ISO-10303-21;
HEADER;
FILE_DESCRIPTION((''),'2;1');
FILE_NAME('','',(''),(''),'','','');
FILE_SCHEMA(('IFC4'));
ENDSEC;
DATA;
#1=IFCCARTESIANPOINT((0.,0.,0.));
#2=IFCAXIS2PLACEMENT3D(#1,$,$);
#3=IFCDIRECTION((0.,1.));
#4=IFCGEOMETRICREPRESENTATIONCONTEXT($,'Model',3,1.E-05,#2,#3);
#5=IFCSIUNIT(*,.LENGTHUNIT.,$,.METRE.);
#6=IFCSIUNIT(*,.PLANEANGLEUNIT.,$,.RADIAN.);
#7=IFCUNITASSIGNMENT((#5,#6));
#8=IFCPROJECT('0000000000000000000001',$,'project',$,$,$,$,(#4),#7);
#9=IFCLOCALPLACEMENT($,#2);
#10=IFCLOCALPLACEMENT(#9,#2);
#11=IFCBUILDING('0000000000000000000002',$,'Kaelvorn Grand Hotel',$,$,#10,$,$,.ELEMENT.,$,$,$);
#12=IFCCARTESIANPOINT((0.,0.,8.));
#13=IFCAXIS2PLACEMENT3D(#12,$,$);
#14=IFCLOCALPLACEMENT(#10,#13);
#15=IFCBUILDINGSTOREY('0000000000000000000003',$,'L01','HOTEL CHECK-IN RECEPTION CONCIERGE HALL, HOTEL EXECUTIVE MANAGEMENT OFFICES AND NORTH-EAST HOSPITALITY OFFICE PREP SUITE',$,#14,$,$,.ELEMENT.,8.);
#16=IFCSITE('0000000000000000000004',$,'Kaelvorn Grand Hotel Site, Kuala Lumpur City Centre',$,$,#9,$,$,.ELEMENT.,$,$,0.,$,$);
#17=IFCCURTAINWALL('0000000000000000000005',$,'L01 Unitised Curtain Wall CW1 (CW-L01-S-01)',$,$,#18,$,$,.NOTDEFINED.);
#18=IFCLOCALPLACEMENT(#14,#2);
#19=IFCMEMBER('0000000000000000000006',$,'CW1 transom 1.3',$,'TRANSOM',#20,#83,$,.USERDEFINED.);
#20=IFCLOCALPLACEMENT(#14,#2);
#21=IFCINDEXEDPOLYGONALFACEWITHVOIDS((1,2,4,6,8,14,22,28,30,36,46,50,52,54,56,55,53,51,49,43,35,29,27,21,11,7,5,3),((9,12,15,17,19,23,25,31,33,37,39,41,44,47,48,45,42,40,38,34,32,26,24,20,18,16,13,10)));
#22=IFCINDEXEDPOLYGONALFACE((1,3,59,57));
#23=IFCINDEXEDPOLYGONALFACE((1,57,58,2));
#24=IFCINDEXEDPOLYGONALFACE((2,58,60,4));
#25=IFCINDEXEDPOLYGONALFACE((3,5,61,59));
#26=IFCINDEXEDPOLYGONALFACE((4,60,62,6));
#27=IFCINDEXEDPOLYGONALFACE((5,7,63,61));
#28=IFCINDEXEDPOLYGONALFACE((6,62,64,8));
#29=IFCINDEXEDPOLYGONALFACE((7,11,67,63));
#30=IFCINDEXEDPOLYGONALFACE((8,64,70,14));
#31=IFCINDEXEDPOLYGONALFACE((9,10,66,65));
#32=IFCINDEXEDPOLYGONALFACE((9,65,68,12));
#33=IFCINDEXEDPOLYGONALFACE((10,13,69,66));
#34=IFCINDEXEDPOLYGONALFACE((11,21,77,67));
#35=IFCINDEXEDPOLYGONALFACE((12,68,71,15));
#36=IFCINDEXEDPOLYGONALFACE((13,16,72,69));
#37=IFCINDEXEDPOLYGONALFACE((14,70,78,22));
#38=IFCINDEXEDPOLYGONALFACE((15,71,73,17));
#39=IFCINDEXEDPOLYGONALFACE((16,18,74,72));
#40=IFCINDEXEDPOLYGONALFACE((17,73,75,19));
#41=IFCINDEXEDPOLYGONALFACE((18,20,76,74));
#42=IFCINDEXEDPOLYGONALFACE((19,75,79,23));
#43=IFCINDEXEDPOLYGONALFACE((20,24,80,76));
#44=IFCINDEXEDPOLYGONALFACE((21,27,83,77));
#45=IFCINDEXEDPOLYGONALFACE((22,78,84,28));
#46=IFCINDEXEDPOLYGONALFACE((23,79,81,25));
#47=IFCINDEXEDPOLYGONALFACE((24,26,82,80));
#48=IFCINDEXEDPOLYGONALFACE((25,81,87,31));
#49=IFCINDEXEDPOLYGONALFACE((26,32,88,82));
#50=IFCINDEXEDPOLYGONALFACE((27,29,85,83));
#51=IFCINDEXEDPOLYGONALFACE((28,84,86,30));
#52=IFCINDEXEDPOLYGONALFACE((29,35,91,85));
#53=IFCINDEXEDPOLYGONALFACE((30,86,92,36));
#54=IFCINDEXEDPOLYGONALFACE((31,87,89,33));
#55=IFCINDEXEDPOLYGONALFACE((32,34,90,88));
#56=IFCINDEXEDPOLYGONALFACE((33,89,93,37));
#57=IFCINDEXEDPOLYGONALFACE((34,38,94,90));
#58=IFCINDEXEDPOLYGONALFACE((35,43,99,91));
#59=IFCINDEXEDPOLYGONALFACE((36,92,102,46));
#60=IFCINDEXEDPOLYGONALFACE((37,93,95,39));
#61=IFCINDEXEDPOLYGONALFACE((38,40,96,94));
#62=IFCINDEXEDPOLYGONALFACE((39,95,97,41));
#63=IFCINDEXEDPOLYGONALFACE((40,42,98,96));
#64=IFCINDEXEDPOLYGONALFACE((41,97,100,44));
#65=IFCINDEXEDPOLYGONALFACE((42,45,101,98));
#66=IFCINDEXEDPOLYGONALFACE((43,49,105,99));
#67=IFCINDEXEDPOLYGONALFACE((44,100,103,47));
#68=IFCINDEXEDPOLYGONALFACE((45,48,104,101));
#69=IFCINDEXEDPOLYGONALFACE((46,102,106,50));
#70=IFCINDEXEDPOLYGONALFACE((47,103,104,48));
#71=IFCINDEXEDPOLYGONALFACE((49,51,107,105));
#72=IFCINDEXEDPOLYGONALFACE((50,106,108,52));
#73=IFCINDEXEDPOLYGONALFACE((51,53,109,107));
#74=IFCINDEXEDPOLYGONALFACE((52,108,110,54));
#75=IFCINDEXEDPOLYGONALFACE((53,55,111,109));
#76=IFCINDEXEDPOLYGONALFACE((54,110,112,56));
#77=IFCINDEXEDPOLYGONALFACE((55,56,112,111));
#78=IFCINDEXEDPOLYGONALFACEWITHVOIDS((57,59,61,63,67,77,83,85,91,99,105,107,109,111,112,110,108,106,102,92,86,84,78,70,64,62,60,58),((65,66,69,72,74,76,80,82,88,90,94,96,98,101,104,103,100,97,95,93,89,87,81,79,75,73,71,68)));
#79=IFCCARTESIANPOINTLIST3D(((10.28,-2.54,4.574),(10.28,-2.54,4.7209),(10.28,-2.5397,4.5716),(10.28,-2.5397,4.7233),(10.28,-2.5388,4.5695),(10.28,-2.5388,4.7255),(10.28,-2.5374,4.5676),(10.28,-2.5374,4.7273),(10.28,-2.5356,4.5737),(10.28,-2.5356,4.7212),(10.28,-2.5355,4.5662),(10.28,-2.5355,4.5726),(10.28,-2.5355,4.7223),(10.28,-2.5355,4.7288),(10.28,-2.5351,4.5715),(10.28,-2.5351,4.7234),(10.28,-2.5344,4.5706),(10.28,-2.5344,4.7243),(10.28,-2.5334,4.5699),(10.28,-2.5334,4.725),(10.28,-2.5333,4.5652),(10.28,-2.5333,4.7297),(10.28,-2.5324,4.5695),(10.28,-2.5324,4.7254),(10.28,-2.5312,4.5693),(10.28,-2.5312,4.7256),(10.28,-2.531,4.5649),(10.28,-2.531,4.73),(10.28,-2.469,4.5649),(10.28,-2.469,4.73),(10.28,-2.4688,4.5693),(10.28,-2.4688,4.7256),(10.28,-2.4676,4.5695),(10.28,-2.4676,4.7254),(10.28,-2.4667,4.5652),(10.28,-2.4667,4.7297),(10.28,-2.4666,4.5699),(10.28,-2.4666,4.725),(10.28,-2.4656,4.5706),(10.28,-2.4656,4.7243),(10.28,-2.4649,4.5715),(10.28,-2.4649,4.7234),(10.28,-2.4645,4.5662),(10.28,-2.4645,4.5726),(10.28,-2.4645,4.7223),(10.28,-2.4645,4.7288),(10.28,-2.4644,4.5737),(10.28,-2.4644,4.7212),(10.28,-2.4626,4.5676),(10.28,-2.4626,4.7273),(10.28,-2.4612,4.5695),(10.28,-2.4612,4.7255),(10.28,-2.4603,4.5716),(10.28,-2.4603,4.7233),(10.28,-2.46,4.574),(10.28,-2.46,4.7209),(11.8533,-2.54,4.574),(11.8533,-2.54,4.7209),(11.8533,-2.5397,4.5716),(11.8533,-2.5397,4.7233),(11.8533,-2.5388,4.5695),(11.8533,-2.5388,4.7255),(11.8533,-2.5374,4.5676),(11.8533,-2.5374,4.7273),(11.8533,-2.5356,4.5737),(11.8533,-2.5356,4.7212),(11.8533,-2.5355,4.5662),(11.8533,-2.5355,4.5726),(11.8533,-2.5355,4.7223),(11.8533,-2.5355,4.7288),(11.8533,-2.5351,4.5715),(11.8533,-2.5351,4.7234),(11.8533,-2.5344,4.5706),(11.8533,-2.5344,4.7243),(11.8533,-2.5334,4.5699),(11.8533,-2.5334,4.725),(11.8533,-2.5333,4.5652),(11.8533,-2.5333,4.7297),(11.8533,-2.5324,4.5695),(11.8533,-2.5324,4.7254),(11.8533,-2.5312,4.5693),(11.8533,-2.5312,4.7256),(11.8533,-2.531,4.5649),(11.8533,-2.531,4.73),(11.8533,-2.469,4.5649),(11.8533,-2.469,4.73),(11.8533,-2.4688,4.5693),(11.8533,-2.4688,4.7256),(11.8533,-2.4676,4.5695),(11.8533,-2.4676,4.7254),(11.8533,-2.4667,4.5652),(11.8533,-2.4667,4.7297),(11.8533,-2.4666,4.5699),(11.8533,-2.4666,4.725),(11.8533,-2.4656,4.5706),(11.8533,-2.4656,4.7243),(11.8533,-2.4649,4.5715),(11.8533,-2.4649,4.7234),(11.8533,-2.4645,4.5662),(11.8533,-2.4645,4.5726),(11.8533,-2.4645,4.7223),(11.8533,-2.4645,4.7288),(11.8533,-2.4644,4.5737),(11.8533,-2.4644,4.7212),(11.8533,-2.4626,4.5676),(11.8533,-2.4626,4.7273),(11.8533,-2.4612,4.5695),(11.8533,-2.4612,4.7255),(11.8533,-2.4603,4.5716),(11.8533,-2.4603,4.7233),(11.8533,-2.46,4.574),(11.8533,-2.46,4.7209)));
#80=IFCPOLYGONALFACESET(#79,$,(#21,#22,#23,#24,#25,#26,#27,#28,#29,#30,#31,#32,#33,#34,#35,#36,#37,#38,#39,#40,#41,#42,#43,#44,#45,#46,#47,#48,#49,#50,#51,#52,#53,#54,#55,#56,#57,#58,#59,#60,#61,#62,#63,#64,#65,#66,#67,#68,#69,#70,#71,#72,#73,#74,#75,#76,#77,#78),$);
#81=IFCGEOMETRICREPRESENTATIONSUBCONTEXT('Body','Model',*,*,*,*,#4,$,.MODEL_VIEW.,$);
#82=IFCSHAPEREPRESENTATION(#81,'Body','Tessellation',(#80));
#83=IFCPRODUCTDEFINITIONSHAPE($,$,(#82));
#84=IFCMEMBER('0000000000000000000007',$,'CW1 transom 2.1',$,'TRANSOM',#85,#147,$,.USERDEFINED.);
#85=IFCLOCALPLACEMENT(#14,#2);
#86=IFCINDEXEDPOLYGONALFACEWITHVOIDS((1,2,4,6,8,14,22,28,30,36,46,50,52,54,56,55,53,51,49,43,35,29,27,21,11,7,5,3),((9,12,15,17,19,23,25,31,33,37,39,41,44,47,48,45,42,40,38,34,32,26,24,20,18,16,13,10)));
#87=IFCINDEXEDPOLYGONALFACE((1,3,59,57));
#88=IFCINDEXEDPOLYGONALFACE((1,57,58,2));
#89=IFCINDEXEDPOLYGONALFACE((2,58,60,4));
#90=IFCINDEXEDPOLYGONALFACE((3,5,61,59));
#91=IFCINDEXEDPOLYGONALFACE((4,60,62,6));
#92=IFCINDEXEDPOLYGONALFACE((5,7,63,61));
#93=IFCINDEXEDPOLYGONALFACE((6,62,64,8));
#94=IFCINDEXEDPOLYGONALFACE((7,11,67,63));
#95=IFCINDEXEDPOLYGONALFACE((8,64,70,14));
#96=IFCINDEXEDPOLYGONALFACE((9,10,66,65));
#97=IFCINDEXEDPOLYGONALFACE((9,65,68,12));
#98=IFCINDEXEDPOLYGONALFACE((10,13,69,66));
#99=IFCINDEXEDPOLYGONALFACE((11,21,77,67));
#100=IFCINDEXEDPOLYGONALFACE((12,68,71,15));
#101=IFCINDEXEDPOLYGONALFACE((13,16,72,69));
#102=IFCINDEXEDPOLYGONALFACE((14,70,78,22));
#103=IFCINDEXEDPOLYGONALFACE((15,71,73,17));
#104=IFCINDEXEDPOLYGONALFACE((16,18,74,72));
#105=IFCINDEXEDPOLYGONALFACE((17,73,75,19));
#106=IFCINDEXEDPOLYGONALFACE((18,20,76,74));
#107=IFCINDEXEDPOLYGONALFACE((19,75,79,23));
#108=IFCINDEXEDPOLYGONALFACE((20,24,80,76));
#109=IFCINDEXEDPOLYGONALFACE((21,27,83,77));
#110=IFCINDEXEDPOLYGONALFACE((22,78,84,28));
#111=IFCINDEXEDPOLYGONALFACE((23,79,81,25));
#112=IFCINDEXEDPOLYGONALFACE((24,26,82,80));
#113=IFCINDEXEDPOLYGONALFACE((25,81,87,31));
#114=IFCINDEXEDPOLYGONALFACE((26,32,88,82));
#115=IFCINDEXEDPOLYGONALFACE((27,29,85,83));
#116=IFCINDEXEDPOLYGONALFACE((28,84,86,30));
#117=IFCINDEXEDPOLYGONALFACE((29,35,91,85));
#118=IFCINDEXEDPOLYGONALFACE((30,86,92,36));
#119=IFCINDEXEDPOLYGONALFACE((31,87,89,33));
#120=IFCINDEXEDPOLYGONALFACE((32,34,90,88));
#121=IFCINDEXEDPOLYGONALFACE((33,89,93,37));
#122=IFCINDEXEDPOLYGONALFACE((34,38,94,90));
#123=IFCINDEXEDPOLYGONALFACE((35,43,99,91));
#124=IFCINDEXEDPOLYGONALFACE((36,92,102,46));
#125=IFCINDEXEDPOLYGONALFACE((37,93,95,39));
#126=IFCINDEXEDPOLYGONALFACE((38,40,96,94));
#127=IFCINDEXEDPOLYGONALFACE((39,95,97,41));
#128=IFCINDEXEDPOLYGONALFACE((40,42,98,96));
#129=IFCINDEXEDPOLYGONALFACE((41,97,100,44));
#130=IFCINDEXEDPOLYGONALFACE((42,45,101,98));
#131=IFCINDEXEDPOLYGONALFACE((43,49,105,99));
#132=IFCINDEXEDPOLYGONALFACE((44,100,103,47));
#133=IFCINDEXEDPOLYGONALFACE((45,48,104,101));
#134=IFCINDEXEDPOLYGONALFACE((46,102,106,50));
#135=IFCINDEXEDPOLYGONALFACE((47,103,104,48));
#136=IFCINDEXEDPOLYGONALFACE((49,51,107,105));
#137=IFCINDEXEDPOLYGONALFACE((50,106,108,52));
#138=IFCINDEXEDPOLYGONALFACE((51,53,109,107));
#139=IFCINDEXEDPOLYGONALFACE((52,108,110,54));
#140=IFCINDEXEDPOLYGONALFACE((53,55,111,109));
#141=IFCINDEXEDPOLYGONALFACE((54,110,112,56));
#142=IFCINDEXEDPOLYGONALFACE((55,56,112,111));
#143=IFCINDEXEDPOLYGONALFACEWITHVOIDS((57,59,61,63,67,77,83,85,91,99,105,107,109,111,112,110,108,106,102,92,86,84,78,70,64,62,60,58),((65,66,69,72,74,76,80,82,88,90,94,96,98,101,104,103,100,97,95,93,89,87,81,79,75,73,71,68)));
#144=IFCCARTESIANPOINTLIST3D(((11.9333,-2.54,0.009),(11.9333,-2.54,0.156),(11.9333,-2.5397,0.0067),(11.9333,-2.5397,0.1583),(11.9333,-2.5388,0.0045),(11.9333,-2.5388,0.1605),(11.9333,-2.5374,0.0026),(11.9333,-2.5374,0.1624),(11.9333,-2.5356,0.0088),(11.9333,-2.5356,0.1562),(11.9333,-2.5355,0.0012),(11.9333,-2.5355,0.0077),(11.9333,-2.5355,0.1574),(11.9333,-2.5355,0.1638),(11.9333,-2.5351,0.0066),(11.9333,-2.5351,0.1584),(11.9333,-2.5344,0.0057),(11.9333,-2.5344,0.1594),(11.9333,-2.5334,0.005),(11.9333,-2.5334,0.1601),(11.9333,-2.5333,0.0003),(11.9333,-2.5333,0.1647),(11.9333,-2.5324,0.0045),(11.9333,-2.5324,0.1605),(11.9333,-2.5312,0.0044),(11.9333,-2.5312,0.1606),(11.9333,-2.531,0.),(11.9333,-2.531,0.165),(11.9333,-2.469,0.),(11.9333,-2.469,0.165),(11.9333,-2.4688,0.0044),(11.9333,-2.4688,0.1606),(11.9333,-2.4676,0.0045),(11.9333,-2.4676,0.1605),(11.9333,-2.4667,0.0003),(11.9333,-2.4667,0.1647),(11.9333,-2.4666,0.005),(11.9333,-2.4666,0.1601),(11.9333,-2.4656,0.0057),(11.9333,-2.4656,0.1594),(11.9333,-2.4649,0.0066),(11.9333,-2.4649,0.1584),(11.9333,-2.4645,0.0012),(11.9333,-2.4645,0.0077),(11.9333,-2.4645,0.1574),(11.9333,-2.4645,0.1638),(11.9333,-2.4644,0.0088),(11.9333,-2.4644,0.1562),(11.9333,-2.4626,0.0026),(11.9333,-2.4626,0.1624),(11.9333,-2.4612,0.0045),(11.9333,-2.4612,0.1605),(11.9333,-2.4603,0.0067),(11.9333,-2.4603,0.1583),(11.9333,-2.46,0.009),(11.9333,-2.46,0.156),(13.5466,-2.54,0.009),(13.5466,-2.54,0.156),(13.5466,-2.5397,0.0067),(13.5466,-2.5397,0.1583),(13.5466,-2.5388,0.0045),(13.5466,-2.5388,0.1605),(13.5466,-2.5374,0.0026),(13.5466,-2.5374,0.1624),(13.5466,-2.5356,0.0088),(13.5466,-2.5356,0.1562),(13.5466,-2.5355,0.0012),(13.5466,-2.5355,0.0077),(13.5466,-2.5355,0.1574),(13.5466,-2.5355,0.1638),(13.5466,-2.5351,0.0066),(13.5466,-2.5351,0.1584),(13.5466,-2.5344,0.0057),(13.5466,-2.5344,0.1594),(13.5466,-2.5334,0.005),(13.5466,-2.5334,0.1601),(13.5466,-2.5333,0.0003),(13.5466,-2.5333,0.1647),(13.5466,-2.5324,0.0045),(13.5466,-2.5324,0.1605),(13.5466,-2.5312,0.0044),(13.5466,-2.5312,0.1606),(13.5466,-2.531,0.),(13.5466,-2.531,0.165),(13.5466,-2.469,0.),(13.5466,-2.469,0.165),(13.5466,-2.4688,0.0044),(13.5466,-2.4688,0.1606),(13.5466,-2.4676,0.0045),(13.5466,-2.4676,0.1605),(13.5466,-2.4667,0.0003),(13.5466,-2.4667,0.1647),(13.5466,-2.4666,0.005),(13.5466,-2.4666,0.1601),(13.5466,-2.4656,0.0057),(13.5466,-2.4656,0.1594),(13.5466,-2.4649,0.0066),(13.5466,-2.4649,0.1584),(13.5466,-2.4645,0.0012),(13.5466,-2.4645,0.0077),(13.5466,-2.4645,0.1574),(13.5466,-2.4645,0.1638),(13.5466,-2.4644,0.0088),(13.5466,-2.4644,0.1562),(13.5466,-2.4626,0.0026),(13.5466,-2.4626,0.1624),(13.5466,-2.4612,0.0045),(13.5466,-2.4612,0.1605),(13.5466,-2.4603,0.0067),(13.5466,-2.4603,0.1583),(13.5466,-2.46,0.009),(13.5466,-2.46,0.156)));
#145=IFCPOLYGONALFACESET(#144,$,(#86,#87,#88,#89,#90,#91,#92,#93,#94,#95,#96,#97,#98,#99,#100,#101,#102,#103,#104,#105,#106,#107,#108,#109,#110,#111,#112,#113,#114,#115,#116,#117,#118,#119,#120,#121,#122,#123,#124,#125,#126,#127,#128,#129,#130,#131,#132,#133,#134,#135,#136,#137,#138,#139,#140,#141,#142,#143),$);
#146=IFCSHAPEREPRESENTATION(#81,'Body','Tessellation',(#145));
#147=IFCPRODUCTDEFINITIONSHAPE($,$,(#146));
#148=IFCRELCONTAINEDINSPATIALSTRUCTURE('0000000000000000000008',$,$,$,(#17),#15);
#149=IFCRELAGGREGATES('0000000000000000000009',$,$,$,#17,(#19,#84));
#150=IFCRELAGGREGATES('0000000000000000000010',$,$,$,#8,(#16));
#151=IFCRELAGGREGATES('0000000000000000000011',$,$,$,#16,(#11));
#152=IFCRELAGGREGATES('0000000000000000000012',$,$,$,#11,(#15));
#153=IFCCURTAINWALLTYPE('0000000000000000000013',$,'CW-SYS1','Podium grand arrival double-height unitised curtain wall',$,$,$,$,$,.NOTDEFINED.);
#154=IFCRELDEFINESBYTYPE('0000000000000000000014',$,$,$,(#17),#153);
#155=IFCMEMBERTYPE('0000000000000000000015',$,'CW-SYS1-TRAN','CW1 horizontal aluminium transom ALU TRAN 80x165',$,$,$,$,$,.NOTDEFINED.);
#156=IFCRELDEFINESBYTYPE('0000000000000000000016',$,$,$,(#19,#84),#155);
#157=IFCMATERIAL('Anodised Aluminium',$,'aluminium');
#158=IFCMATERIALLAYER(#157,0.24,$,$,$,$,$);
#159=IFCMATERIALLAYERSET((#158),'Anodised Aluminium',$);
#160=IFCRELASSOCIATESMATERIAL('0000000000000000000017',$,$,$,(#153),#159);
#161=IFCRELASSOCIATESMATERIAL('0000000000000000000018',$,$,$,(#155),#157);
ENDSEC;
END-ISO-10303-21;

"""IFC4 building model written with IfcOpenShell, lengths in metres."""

from ifc_helpers import new_model, si_unit, direction, frame, origin, origin_2d, place, context, subcontext, project, spatial, hollow_rectangle, extrude, material, layer, layer_set, material_profile, profile_set, type_object, element, aggregate, save


model = new_model("IFC4")

# Units and contexts
model_context = context("Model", 3, precision=1e-05, world=origin(), true_north=direction((0.0, 1.0)))
body_context = subcontext(model_context, "Body", "Model", "MODEL_VIEW")
ifc_project = project(units=[si_unit("LENGTHUNIT", "METRE"), si_unit("PLANEANGLEUNIT", "RADIAN")], contexts=[model_context])

# Site, building, storey
site_placement = place(None, origin())
site = spatial("IfcSite", under=ifc_project, at=site_placement, Name="Kaelvorn Grand Hotel Site, Kuala Lumpur City Centre", CompositionType="ELEMENT", RefElevation=0.0)
building_placement = place(site_placement, origin())
building = spatial("IfcBuilding", under=site, at=building_placement, Name="Kaelvorn Grand Hotel", CompositionType="ELEMENT")
storey_placement = place(building_placement, frame((0.0, 0.0, 8.0)))
storey = spatial("IfcBuildingStorey", under=building, at=storey_placement, Name="L01", Description="HOTEL CHECK-IN RECEPTION CONCIERGE HALL, HOTEL EXECUTIVE MANAGEMENT OFFICES AND NORTH-EAST HOSPITALITY OFFICE PREP SUITE", CompositionType="ELEMENT", Elevation=8.0)

# Curtain wall
ifc_material_1 = material(Name="Anodised Aluminium", Category="aluminium")
ifc_layer_1 = layer(ifc_material_1, 0.24)
ifc_layer_set_1 = layer_set([ifc_layer_1], Name="Anodised Aluminium")
curtain_wall_type = type_object("IfcCurtainWallType", Name="CW-SYS1", Description="Podium grand arrival double-height unitised curtain wall", PredefinedType="NOTDEFINED", material=ifc_layer_set_1)
curtain_wall_1_placement = place(storey_placement, origin())
curtain_wall_1 = element("IfcCurtainWall", 1, at=curtain_wall_1_placement, inside=storey, type_object=curtain_wall_type, Name="L01 Unitised Curtain Wall CW1 (CW-L01-S-01)", PredefinedType="NOTDEFINED")

# Members
ifc_material_profile_1 = material_profile(ifc_material_1, hollow_rectangle(XDim=0.0801, YDim=0.165, WallThickness=0.0044, InnerFilletRadius=0.0044, OuterFilletRadius=0.009, at=origin_2d()), Name="ALU TRAN 80x165")
ifc_profile_set_1 = profile_set([ifc_material_profile_1], Name="Anodised Aluminium")
member_type_1 = type_object("IfcMemberType", Name="CW-SYS1-TRAN", Description="CW1 horizontal aluminium transom ALU TRAN 80x165", PredefinedType="NOTDEFINED", material=ifc_profile_set_1)
member_1_placement = place(storey_placement, frame((10.28, -2.5, 4.6475), z_axis=(1.0, 0.0, 0.0), x_axis=(0.0, 1.0, 0.0)))
member_1 = element("IfcMember", 2, at=member_1_placement, type_object=member_type_1, Name="CW1 transom 1.3", ObjectType="TRANSOM", PredefinedType="USERDEFINED", context=body_context, shape_type="SweptSolid", body=[
    extrude(hollow_rectangle(XDim=0.0801, YDim=0.165, WallThickness=0.0044, InnerFilletRadius=0.0044, OuterFilletRadius=0.009, at=origin_2d()), origin(), (0.0, 0.0, 1.0), 1.5732),
])
member_2_placement = place(storey_placement, frame((11.9333, -2.5, 0.0825), z_axis=(1.0, 0.0, 0.0), x_axis=(0.0, 1.0, 0.0)))
member_2 = element("IfcMember", 3, at=member_2_placement, type_object=member_type_1, Name="CW1 transom 2.1", ObjectType="TRANSOM", PredefinedType="USERDEFINED", context=body_context, shape_type="SweptSolid", body=[
    extrude(hollow_rectangle(XDim=0.0801, YDim=0.165, WallThickness=0.0044, InnerFilletRadius=0.0044, OuterFilletRadius=0.009, at=origin_2d()), origin(), (0.0, 0.0, 1.0), 1.6133),
])

aggregate(curtain_wall_1, [member_1, member_2])

save(model, "model.ifc")
